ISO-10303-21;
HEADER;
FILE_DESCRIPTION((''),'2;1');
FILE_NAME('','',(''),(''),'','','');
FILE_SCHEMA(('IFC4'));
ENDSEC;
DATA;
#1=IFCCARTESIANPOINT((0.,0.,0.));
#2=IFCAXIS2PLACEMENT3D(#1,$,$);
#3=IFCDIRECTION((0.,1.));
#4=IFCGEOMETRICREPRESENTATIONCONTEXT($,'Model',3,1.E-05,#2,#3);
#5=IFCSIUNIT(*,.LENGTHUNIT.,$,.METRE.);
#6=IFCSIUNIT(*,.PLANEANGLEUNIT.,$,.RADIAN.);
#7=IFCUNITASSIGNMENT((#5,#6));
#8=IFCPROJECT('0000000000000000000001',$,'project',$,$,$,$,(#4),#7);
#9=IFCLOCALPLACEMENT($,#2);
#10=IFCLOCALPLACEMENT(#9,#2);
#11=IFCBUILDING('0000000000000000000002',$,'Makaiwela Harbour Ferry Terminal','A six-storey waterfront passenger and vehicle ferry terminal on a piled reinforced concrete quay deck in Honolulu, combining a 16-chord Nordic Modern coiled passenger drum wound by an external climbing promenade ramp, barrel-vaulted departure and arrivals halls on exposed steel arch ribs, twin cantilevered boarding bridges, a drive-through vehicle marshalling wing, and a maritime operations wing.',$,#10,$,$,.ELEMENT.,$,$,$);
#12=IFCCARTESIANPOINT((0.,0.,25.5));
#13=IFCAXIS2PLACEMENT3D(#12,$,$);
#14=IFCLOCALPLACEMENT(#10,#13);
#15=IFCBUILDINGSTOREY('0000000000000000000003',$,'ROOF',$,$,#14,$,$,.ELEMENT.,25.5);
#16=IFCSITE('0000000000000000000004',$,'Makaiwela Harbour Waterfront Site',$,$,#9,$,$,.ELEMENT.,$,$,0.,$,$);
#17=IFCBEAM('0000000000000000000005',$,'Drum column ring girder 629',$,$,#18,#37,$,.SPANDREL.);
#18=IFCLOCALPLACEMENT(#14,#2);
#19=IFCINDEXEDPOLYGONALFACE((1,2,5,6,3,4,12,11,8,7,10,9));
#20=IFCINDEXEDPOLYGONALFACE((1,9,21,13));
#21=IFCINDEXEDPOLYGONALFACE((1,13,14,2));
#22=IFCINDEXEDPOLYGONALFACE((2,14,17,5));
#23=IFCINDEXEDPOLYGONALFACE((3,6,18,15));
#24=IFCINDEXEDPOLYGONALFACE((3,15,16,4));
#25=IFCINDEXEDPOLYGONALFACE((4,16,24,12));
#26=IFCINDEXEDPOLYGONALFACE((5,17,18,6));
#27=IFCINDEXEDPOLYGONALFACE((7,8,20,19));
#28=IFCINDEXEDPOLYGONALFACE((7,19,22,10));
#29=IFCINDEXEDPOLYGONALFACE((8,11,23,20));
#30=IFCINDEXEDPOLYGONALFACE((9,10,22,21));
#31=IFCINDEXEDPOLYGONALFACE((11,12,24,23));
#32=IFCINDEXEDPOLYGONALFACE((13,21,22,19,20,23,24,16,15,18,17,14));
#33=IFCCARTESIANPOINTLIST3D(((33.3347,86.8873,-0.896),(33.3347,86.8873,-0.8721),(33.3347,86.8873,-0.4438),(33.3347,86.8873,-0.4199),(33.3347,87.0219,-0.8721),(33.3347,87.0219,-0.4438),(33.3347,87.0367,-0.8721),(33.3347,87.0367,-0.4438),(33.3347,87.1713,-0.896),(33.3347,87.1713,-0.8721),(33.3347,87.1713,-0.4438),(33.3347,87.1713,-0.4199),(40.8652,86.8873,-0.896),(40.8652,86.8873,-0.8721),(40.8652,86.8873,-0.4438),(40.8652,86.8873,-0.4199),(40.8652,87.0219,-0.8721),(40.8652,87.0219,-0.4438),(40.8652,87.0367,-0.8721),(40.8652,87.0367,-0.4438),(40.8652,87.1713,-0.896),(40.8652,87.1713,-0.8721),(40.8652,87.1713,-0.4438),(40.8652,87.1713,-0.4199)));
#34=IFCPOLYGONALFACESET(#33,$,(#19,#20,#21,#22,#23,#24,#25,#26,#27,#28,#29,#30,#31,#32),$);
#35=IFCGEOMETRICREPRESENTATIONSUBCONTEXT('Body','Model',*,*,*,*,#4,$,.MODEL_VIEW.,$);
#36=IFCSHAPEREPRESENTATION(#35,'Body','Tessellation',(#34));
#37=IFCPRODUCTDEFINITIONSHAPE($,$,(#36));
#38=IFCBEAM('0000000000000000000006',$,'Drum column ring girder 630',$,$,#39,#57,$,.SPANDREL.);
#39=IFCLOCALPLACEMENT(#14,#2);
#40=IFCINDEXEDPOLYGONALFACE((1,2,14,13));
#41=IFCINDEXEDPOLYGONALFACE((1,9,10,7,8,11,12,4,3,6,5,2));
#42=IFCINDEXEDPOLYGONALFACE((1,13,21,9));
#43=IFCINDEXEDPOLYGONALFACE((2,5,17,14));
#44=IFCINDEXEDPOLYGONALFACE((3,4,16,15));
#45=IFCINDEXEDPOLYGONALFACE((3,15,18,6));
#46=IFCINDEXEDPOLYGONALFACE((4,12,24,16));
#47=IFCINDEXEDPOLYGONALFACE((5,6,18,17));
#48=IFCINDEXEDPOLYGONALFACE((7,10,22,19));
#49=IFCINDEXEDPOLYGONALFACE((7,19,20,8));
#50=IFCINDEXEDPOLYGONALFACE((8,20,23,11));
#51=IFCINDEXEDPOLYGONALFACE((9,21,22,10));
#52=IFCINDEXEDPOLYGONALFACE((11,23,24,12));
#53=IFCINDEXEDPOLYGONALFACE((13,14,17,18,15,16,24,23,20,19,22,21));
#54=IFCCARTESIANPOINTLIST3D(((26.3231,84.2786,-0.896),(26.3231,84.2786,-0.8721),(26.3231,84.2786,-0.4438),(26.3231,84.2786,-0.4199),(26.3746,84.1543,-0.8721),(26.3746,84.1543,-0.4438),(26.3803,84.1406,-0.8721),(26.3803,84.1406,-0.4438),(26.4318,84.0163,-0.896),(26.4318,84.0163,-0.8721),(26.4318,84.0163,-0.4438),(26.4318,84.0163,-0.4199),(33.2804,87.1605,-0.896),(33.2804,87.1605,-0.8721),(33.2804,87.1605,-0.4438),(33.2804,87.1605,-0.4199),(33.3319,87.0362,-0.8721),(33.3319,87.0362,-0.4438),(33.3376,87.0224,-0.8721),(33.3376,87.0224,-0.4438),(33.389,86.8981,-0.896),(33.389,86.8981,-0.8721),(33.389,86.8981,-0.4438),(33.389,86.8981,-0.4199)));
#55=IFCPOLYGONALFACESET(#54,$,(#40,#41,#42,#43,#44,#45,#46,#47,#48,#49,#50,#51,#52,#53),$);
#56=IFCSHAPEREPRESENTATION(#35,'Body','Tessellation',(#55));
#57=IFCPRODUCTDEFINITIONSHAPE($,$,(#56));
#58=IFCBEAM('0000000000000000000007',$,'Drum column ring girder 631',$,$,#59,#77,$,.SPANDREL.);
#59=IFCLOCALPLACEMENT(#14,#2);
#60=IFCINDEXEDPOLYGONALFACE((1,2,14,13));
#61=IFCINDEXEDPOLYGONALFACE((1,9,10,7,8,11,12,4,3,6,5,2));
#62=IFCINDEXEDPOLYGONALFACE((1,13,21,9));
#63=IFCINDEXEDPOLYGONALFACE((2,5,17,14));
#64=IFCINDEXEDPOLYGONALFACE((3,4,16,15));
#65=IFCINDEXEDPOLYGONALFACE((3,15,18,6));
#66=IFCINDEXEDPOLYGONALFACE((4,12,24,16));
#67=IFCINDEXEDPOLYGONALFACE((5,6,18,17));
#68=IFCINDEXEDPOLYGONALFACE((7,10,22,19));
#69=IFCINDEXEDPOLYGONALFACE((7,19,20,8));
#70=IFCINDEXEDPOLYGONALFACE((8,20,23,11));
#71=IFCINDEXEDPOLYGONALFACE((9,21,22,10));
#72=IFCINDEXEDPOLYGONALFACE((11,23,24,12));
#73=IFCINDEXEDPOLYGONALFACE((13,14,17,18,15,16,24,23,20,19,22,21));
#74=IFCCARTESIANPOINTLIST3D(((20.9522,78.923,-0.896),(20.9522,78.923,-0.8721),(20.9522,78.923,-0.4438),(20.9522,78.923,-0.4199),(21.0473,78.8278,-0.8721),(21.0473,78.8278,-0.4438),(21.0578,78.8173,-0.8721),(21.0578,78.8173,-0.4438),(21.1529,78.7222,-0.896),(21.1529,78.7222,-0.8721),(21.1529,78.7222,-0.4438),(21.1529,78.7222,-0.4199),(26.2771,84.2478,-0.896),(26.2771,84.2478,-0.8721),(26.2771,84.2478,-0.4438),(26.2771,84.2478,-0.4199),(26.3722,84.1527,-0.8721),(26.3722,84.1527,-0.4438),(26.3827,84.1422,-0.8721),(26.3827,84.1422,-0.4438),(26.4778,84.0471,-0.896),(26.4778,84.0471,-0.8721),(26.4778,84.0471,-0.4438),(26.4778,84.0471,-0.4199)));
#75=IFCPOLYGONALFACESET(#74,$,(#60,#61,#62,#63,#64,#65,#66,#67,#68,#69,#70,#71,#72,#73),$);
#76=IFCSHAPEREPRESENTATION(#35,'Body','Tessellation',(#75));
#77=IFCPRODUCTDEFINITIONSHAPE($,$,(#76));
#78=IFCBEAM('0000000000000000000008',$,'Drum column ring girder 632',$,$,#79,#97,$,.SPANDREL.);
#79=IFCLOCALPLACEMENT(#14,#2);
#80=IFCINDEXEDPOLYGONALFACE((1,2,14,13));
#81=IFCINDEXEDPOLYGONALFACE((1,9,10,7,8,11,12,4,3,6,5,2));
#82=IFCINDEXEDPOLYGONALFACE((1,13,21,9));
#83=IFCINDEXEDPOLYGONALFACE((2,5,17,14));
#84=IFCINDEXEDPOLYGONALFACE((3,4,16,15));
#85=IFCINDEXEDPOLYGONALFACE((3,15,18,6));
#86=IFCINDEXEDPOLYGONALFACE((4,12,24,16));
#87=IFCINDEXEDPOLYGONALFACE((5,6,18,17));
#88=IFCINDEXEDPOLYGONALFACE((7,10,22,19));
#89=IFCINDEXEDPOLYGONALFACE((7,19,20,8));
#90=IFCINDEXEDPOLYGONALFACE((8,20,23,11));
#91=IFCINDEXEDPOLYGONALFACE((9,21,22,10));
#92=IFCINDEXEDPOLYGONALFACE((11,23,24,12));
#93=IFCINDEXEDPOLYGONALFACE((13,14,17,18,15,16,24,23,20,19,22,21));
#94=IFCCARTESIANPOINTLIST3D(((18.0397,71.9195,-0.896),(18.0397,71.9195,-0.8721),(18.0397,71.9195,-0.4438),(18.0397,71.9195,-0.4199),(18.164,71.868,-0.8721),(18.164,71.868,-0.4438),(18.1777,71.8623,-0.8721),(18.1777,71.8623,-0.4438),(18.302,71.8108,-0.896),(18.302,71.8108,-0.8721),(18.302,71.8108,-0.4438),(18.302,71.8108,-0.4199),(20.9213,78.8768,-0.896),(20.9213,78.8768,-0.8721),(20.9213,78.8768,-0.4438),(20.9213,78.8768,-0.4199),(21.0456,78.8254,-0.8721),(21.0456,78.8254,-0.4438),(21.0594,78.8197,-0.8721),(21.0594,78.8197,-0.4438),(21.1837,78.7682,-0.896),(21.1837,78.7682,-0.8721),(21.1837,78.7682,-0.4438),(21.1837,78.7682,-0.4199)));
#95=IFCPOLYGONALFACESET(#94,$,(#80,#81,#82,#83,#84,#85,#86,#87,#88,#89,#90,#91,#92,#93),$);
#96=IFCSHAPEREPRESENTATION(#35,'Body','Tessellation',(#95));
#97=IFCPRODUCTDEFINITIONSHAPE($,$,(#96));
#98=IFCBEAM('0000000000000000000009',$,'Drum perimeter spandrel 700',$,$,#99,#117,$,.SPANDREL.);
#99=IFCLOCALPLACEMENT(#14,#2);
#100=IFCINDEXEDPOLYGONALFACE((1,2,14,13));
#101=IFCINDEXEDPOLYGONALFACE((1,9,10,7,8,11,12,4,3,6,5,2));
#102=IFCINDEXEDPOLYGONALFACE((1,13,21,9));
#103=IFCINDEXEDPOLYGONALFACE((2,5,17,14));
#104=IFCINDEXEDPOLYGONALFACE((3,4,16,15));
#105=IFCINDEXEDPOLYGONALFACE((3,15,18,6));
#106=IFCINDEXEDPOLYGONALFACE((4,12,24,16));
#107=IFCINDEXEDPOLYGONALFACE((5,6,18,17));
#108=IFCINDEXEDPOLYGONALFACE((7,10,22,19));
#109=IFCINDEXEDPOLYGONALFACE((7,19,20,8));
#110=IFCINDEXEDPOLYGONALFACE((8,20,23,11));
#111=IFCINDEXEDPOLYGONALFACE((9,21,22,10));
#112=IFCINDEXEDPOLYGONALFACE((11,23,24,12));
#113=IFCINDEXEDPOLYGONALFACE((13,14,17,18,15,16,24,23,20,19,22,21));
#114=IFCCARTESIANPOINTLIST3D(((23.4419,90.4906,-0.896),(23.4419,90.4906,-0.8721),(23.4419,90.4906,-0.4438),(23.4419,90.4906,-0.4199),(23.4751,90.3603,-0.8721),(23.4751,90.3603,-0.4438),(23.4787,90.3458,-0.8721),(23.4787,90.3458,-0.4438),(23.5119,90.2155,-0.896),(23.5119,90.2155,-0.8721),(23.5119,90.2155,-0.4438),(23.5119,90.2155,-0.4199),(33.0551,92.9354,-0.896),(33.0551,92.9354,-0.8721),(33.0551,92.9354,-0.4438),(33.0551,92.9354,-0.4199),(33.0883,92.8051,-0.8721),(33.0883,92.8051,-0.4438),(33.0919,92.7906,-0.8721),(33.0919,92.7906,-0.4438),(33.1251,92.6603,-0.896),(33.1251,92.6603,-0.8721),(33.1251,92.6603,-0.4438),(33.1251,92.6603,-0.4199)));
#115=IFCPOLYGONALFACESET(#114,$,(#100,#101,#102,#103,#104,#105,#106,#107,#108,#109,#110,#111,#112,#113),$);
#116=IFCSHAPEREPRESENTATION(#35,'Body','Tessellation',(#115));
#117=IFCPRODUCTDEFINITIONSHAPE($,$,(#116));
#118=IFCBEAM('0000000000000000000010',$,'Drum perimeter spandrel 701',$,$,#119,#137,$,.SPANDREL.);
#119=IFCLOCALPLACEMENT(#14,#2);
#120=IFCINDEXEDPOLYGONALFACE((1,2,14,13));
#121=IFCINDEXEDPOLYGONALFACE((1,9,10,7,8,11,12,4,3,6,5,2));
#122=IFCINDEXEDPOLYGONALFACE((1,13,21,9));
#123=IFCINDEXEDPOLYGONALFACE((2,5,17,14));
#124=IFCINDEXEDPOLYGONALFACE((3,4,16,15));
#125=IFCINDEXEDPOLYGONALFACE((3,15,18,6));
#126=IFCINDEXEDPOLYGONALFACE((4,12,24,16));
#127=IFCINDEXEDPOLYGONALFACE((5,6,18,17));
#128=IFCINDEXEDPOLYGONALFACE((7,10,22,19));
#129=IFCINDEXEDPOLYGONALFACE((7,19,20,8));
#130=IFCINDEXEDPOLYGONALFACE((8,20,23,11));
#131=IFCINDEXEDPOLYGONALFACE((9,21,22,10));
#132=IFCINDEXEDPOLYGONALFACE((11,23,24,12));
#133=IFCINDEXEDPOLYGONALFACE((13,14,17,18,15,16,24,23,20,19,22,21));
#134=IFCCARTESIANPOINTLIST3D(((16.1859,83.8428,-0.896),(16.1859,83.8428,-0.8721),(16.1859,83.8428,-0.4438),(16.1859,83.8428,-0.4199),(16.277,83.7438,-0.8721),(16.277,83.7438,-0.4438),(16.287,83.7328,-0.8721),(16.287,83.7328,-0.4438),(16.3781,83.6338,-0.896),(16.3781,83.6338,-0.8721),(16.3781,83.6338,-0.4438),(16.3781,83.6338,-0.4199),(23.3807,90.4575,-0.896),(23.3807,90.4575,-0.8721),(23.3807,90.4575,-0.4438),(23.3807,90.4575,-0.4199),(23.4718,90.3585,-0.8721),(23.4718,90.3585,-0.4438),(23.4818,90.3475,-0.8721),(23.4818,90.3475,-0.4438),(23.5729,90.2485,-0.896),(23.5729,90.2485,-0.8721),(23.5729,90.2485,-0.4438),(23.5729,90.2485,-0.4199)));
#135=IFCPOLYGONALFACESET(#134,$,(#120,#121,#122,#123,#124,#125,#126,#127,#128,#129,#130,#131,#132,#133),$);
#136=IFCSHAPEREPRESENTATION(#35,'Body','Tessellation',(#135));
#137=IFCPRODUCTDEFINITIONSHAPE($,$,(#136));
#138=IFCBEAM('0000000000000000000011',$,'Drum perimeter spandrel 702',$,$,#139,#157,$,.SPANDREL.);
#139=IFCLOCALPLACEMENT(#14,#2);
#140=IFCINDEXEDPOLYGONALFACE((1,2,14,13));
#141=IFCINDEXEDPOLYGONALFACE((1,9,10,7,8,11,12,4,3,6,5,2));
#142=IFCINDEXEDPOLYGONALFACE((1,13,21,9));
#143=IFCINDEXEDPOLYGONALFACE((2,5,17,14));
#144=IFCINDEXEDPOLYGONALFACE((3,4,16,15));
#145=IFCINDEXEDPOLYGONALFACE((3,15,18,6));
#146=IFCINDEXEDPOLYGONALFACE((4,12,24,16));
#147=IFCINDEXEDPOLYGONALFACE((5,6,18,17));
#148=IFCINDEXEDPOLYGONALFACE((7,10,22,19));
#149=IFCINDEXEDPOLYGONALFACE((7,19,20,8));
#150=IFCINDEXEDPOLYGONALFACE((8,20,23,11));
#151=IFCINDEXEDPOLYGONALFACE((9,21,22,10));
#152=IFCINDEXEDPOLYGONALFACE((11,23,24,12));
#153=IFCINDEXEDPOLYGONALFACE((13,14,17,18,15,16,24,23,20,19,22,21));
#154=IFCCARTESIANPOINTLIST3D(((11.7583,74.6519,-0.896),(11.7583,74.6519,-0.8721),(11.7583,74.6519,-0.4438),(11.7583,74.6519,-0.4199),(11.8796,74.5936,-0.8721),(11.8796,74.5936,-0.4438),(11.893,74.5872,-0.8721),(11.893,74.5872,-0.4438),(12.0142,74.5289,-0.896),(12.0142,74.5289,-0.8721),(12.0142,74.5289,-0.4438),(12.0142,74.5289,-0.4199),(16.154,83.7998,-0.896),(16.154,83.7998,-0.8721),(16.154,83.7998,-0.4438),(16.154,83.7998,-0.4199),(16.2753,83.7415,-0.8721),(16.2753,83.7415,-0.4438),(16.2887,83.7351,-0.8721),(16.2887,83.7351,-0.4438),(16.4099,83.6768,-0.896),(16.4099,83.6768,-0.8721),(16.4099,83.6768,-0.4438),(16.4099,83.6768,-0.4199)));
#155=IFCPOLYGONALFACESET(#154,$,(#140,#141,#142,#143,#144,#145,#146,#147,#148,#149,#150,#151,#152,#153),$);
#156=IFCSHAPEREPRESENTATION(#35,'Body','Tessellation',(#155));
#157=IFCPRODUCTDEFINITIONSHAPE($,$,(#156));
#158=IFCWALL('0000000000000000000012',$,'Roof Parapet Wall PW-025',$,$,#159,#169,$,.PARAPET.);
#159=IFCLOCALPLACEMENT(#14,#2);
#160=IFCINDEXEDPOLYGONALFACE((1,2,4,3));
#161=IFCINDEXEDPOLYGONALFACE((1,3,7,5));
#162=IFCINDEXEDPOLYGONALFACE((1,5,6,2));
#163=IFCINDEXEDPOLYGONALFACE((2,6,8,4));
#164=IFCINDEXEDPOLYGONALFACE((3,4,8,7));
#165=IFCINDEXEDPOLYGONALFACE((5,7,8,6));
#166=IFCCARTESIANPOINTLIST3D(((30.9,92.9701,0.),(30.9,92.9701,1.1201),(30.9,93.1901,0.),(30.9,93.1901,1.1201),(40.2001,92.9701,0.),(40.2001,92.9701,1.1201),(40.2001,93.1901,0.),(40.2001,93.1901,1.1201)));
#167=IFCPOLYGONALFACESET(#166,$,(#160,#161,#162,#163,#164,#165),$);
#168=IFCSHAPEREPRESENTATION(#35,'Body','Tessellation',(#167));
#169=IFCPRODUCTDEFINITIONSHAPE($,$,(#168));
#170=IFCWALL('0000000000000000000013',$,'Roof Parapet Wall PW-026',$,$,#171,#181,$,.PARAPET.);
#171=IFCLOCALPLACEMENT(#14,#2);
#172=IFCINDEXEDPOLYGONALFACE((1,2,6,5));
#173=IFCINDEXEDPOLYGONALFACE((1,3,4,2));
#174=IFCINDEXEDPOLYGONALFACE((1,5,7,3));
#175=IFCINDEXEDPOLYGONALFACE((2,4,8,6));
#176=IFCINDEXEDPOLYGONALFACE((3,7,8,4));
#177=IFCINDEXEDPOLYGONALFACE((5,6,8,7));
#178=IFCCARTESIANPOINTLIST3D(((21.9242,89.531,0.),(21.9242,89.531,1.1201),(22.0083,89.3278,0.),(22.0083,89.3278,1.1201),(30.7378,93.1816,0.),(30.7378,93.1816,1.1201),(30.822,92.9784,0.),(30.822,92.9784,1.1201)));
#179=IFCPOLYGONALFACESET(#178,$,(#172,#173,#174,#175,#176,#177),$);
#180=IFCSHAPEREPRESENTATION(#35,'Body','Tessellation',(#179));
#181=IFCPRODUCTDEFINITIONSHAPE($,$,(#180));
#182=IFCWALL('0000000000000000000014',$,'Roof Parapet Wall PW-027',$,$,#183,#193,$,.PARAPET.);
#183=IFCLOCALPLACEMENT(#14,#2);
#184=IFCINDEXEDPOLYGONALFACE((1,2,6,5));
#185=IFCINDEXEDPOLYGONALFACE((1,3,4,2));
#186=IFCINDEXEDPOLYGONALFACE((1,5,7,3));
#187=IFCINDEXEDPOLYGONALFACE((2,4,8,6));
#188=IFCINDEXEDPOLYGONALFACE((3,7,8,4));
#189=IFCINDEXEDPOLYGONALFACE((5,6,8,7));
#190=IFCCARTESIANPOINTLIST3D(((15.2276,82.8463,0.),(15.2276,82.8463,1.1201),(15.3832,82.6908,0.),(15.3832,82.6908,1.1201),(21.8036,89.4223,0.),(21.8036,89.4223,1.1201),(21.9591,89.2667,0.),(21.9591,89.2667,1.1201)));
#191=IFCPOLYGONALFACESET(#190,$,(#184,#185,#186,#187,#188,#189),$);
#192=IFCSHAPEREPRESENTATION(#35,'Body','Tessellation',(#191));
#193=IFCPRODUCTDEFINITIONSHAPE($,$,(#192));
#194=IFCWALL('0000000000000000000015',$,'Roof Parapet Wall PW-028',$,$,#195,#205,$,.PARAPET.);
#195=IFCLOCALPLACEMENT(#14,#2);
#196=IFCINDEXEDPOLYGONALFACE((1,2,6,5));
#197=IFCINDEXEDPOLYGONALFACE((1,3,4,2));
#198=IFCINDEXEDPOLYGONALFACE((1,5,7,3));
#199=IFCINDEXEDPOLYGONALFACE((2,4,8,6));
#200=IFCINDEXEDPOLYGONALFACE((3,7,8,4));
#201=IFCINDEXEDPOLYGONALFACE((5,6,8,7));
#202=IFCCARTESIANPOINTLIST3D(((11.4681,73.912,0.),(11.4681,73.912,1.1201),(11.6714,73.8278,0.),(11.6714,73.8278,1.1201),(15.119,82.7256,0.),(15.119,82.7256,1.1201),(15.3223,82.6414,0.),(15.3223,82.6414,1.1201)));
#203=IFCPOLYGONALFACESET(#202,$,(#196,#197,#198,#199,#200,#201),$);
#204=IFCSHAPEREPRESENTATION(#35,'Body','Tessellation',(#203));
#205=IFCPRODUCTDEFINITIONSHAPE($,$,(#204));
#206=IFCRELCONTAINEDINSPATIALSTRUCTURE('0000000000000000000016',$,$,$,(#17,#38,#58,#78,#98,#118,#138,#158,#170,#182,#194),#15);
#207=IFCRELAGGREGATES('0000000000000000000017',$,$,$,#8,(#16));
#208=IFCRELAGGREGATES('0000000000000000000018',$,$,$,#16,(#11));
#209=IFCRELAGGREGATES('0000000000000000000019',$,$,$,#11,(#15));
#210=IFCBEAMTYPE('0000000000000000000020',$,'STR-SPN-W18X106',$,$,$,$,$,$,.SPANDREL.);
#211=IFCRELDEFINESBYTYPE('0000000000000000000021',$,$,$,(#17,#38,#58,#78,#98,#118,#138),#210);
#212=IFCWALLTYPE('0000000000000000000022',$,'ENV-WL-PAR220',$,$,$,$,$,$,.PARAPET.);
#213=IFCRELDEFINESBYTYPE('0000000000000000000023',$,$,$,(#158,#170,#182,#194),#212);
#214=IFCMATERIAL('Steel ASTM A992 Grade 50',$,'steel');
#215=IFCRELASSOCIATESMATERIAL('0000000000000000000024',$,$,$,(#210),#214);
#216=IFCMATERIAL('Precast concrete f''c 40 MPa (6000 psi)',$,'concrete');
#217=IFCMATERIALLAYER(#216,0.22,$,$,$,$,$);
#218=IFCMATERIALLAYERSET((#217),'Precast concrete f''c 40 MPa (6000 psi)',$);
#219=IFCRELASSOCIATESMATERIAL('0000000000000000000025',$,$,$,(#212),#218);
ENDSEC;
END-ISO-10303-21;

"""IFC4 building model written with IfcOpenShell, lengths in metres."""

from ifc_helpers import new_model, si_unit, direction, frame, frame_2d, origin, origin_2d, place, context, subcontext, project, spatial, rectangle, i_section, extrude, material, layer, layer_set, material_profile, profile_set, type_object, element, save


model = new_model("IFC4")

# Units and contexts
model_context = context("Model", 3, precision=1e-05, world=origin(), true_north=direction((0.0, 1.0)))
body_context = subcontext(model_context, "Body", "Model", "MODEL_VIEW")
ifc_project = project(units=[si_unit("LENGTHUNIT", "METRE"), si_unit("PLANEANGLEUNIT", "RADIAN")], contexts=[model_context])

# Site, building, storey
site_placement = place(None, origin())
site = spatial("IfcSite", under=ifc_project, at=site_placement, Name="Makaiwela Harbour Waterfront Site", CompositionType="ELEMENT", RefElevation=0.0)
building_placement = place(site_placement, origin())
building = spatial("IfcBuilding", under=site, at=building_placement, Name="Makaiwela Harbour Ferry Terminal", Description="A six-storey waterfront passenger and vehicle ferry terminal on a piled reinforced concrete quay deck in Honolulu, combining a 16-chord Nordic Modern coiled passenger drum wound by an external climbing promenade ramp, barrel-vaulted departure and arrivals halls on exposed steel arch ribs, twin cantilevered boarding bridges, a drive-through vehicle marshalling wing, and a maritime operations wing.", CompositionType="ELEMENT")
storey_placement = place(building_placement, frame((0.0, 0.0, 25.5)))
storey = spatial("IfcBuildingStorey", under=building, at=storey_placement, Name="ROOF", CompositionType="ELEMENT", Elevation=25.5)

# Beams
ifc_material_1 = material(Name="Steel ASTM A992 Grade 50", Category="steel")
ifc_material_profile_1 = material_profile(ifc_material_1, i_section(OverallWidth=0.2839, OverallDepth=0.4761, WebThickness=0.0149, FlangeThickness=0.0239, at=origin_2d()), Name="W18X106")
ifc_profile_set_1 = profile_set([ifc_material_profile_1], Name="Steel ASTM A992 Grade 50")
beam_type_1 = type_object("IfcBeamType", Name="STR-SPN-W18X106", PredefinedType="SPANDREL", material=ifc_profile_set_1)
for number, where, z_axis, x_axis, name in (
    (1, (40.8652, 87.0293, -0.658), (-1.0, 0.0, 0.0), (0.0, -1.0, 0.0), "Drum column ring girder 629"),
    (2, (33.3347, 87.0293, -0.658), (-0.923878, -0.382688, 0.0), (0.382688, -0.923878, 0.0), "Drum column ring girder 630"),
    (3, (26.3774, 84.1475, -0.658), (-0.707107, -0.707107, 0.0), (0.707107, -0.707107, 0.0), "Drum column ring girder 631"),
    (4, (21.0525, 78.8225, -0.658), (-0.38266, -0.923889, 0.0), (0.923889, -0.38266, 0.0), "Drum column ring girder 632"),
):
    element("IfcBeam", number, at=place(storey_placement, frame(where, z_axis=z_axis, x_axis=x_axis)), inside=storey, type_object=beam_type_1, Name=name, PredefinedType="SPANDREL", context=body_context, shape_type="SweptSolid", body=[
        extrude(i_section(OverallWidth=0.2839, OverallDepth=0.4761, WebThickness=0.0149, FlangeThickness=0.0239, at=origin_2d()), origin(), (0.0, 0.0, 1.0), 7.5305),
    ])
beam_1_placement = place(storey_placement, frame((33.0901, 92.7979, -0.658), z_axis=(-0.96915, -0.246472, 0.0), x_axis=(0.246472, -0.96915, 0.0)))
element("IfcBeam", 5, at=beam_1_placement, inside=storey, type_object=beam_type_1, Name="Drum perimeter spandrel 700", PredefinedType="SPANDREL", context=body_context, shape_type="SweptSolid", body=[
    extrude(i_section(OverallWidth=0.2839, OverallDepth=0.4761, WebThickness=0.0149, FlangeThickness=0.0239, at=origin_2d()), origin(), (0.0, 0.0, 1.0), 9.9192),
])
beam_2_placement = place(storey_placement, frame((23.4768, 90.353, -0.658), z_axis=(-0.73616, -0.676808, 0.0), x_axis=(0.676808, -0.73616, 0.0)))
element("IfcBeam", 6, at=beam_2_placement, inside=storey, type_object=beam_type_1, Name="Drum perimeter spandrel 701", PredefinedType="SPANDREL", context=body_context, shape_type="SweptSolid", body=[
    extrude(i_section(OverallWidth=0.2839, OverallDepth=0.4761, WebThickness=0.0149, FlangeThickness=0.0239, at=origin_2d()), origin(), (0.0, 0.0, 1.0), 9.7734),
])
beam_3_placement = place(storey_placement, frame((16.282, 83.7383, -0.658), z_axis=(-0.43311, -0.901341, 0.0), x_axis=(0.901341, -0.43311, 0.0)))
element("IfcBeam", 7, at=beam_3_placement, inside=storey, type_object=beam_type_1, Name="Drum perimeter spandrel 702", PredefinedType="SPANDREL", context=body_context, shape_type="SweptSolid", body=[
    extrude(i_section(OverallWidth=0.2839, OverallDepth=0.4761, WebThickness=0.0149, FlangeThickness=0.0239, at=origin_2d()), origin(), (0.0, 0.0, 1.0), 10.1492),
])

# Walls
ifc_material_2 = material(Name="Precast concrete f'c 40 MPa (6000 psi)", Category="concrete")
ifc_layer_1 = layer(ifc_material_2, 0.22)
ifc_layer_set_1 = layer_set([ifc_layer_1], Name="Precast concrete f'c 40 MPa (6000 psi)")
wall_type = type_object("IfcWallType", Name="ENV-WL-PAR220", PredefinedType="PARAPET", material=ifc_layer_set_1)
wall_1_placement = place(storey_placement, frame((40.2, 93.0801, 0.0), z_axis=(0.0, 0.0, 1.0), x_axis=(-1.0, 0.0, 0.0)))
element("IfcWall", 8, at=wall_1_placement, inside=storey, type_object=wall_type, Name="Roof Parapet Wall PW-025", PredefinedType="PARAPET", context=body_context, shape_type="SweptSolid", body=[
    extrude(rectangle(XDim=9.3, YDim=0.22, at=frame_2d((4.6499, 0.0))), origin(), (0.0, 0.0, 1.0), 1.1201),
])
wall_2_placement = place(storey_placement, frame((30.78, 93.0801, 0.0), z_axis=(0.0, 0.0, 1.0), x_axis=(-0.923884, -0.382672, 0.0)))
element("IfcWall", 9, at=wall_2_placement, inside=storey, type_object=wall_type, Name="Roof Parapet Wall PW-026", PredefinedType="PARAPET", context=body_context, shape_type="SweptSolid", body=[
    extrude(rectangle(XDim=9.5398, YDim=0.22, at=frame_2d((4.77, 0.0))), origin(), (0.0, 0.0, 1.0), 1.1201),
])
wall_3_placement = place(storey_placement, frame((21.8813, 89.3445, 0.0), z_axis=(0.0, 0.0, 1.0), x_axis=(-0.707107, -0.707107, 0.0)))
element("IfcWall", 10, at=wall_3_placement, inside=storey, type_object=wall_type, Name="Roof Parapet Wall PW-027", PredefinedType="PARAPET", context=body_context, shape_type="SweptSolid", body=[
    extrude(rectangle(XDim=9.2998, YDim=0.22, at=frame_2d((4.6499, 0.0))), origin(), (0.0, 0.0, 1.0), 1.1201),
])
wall_4_placement = place(storey_placement, frame((15.2207, 82.6836, 0.0), z_axis=(0.0, 0.0, 1.0), x_axis=(-0.382703, -0.923871, 0.0)))
element("IfcWall", 11, at=wall_4_placement, inside=storey, type_object=wall_type, Name="Roof Parapet Wall PW-028", PredefinedType="PARAPET", context=body_context, shape_type="SweptSolid", body=[
    extrude(rectangle(XDim=9.5398, YDim=0.22, at=frame_2d((4.77, 0.0))), origin(), (0.0, 0.0, 1.0), 1.1201),
])

save(model, "model.ifc")
